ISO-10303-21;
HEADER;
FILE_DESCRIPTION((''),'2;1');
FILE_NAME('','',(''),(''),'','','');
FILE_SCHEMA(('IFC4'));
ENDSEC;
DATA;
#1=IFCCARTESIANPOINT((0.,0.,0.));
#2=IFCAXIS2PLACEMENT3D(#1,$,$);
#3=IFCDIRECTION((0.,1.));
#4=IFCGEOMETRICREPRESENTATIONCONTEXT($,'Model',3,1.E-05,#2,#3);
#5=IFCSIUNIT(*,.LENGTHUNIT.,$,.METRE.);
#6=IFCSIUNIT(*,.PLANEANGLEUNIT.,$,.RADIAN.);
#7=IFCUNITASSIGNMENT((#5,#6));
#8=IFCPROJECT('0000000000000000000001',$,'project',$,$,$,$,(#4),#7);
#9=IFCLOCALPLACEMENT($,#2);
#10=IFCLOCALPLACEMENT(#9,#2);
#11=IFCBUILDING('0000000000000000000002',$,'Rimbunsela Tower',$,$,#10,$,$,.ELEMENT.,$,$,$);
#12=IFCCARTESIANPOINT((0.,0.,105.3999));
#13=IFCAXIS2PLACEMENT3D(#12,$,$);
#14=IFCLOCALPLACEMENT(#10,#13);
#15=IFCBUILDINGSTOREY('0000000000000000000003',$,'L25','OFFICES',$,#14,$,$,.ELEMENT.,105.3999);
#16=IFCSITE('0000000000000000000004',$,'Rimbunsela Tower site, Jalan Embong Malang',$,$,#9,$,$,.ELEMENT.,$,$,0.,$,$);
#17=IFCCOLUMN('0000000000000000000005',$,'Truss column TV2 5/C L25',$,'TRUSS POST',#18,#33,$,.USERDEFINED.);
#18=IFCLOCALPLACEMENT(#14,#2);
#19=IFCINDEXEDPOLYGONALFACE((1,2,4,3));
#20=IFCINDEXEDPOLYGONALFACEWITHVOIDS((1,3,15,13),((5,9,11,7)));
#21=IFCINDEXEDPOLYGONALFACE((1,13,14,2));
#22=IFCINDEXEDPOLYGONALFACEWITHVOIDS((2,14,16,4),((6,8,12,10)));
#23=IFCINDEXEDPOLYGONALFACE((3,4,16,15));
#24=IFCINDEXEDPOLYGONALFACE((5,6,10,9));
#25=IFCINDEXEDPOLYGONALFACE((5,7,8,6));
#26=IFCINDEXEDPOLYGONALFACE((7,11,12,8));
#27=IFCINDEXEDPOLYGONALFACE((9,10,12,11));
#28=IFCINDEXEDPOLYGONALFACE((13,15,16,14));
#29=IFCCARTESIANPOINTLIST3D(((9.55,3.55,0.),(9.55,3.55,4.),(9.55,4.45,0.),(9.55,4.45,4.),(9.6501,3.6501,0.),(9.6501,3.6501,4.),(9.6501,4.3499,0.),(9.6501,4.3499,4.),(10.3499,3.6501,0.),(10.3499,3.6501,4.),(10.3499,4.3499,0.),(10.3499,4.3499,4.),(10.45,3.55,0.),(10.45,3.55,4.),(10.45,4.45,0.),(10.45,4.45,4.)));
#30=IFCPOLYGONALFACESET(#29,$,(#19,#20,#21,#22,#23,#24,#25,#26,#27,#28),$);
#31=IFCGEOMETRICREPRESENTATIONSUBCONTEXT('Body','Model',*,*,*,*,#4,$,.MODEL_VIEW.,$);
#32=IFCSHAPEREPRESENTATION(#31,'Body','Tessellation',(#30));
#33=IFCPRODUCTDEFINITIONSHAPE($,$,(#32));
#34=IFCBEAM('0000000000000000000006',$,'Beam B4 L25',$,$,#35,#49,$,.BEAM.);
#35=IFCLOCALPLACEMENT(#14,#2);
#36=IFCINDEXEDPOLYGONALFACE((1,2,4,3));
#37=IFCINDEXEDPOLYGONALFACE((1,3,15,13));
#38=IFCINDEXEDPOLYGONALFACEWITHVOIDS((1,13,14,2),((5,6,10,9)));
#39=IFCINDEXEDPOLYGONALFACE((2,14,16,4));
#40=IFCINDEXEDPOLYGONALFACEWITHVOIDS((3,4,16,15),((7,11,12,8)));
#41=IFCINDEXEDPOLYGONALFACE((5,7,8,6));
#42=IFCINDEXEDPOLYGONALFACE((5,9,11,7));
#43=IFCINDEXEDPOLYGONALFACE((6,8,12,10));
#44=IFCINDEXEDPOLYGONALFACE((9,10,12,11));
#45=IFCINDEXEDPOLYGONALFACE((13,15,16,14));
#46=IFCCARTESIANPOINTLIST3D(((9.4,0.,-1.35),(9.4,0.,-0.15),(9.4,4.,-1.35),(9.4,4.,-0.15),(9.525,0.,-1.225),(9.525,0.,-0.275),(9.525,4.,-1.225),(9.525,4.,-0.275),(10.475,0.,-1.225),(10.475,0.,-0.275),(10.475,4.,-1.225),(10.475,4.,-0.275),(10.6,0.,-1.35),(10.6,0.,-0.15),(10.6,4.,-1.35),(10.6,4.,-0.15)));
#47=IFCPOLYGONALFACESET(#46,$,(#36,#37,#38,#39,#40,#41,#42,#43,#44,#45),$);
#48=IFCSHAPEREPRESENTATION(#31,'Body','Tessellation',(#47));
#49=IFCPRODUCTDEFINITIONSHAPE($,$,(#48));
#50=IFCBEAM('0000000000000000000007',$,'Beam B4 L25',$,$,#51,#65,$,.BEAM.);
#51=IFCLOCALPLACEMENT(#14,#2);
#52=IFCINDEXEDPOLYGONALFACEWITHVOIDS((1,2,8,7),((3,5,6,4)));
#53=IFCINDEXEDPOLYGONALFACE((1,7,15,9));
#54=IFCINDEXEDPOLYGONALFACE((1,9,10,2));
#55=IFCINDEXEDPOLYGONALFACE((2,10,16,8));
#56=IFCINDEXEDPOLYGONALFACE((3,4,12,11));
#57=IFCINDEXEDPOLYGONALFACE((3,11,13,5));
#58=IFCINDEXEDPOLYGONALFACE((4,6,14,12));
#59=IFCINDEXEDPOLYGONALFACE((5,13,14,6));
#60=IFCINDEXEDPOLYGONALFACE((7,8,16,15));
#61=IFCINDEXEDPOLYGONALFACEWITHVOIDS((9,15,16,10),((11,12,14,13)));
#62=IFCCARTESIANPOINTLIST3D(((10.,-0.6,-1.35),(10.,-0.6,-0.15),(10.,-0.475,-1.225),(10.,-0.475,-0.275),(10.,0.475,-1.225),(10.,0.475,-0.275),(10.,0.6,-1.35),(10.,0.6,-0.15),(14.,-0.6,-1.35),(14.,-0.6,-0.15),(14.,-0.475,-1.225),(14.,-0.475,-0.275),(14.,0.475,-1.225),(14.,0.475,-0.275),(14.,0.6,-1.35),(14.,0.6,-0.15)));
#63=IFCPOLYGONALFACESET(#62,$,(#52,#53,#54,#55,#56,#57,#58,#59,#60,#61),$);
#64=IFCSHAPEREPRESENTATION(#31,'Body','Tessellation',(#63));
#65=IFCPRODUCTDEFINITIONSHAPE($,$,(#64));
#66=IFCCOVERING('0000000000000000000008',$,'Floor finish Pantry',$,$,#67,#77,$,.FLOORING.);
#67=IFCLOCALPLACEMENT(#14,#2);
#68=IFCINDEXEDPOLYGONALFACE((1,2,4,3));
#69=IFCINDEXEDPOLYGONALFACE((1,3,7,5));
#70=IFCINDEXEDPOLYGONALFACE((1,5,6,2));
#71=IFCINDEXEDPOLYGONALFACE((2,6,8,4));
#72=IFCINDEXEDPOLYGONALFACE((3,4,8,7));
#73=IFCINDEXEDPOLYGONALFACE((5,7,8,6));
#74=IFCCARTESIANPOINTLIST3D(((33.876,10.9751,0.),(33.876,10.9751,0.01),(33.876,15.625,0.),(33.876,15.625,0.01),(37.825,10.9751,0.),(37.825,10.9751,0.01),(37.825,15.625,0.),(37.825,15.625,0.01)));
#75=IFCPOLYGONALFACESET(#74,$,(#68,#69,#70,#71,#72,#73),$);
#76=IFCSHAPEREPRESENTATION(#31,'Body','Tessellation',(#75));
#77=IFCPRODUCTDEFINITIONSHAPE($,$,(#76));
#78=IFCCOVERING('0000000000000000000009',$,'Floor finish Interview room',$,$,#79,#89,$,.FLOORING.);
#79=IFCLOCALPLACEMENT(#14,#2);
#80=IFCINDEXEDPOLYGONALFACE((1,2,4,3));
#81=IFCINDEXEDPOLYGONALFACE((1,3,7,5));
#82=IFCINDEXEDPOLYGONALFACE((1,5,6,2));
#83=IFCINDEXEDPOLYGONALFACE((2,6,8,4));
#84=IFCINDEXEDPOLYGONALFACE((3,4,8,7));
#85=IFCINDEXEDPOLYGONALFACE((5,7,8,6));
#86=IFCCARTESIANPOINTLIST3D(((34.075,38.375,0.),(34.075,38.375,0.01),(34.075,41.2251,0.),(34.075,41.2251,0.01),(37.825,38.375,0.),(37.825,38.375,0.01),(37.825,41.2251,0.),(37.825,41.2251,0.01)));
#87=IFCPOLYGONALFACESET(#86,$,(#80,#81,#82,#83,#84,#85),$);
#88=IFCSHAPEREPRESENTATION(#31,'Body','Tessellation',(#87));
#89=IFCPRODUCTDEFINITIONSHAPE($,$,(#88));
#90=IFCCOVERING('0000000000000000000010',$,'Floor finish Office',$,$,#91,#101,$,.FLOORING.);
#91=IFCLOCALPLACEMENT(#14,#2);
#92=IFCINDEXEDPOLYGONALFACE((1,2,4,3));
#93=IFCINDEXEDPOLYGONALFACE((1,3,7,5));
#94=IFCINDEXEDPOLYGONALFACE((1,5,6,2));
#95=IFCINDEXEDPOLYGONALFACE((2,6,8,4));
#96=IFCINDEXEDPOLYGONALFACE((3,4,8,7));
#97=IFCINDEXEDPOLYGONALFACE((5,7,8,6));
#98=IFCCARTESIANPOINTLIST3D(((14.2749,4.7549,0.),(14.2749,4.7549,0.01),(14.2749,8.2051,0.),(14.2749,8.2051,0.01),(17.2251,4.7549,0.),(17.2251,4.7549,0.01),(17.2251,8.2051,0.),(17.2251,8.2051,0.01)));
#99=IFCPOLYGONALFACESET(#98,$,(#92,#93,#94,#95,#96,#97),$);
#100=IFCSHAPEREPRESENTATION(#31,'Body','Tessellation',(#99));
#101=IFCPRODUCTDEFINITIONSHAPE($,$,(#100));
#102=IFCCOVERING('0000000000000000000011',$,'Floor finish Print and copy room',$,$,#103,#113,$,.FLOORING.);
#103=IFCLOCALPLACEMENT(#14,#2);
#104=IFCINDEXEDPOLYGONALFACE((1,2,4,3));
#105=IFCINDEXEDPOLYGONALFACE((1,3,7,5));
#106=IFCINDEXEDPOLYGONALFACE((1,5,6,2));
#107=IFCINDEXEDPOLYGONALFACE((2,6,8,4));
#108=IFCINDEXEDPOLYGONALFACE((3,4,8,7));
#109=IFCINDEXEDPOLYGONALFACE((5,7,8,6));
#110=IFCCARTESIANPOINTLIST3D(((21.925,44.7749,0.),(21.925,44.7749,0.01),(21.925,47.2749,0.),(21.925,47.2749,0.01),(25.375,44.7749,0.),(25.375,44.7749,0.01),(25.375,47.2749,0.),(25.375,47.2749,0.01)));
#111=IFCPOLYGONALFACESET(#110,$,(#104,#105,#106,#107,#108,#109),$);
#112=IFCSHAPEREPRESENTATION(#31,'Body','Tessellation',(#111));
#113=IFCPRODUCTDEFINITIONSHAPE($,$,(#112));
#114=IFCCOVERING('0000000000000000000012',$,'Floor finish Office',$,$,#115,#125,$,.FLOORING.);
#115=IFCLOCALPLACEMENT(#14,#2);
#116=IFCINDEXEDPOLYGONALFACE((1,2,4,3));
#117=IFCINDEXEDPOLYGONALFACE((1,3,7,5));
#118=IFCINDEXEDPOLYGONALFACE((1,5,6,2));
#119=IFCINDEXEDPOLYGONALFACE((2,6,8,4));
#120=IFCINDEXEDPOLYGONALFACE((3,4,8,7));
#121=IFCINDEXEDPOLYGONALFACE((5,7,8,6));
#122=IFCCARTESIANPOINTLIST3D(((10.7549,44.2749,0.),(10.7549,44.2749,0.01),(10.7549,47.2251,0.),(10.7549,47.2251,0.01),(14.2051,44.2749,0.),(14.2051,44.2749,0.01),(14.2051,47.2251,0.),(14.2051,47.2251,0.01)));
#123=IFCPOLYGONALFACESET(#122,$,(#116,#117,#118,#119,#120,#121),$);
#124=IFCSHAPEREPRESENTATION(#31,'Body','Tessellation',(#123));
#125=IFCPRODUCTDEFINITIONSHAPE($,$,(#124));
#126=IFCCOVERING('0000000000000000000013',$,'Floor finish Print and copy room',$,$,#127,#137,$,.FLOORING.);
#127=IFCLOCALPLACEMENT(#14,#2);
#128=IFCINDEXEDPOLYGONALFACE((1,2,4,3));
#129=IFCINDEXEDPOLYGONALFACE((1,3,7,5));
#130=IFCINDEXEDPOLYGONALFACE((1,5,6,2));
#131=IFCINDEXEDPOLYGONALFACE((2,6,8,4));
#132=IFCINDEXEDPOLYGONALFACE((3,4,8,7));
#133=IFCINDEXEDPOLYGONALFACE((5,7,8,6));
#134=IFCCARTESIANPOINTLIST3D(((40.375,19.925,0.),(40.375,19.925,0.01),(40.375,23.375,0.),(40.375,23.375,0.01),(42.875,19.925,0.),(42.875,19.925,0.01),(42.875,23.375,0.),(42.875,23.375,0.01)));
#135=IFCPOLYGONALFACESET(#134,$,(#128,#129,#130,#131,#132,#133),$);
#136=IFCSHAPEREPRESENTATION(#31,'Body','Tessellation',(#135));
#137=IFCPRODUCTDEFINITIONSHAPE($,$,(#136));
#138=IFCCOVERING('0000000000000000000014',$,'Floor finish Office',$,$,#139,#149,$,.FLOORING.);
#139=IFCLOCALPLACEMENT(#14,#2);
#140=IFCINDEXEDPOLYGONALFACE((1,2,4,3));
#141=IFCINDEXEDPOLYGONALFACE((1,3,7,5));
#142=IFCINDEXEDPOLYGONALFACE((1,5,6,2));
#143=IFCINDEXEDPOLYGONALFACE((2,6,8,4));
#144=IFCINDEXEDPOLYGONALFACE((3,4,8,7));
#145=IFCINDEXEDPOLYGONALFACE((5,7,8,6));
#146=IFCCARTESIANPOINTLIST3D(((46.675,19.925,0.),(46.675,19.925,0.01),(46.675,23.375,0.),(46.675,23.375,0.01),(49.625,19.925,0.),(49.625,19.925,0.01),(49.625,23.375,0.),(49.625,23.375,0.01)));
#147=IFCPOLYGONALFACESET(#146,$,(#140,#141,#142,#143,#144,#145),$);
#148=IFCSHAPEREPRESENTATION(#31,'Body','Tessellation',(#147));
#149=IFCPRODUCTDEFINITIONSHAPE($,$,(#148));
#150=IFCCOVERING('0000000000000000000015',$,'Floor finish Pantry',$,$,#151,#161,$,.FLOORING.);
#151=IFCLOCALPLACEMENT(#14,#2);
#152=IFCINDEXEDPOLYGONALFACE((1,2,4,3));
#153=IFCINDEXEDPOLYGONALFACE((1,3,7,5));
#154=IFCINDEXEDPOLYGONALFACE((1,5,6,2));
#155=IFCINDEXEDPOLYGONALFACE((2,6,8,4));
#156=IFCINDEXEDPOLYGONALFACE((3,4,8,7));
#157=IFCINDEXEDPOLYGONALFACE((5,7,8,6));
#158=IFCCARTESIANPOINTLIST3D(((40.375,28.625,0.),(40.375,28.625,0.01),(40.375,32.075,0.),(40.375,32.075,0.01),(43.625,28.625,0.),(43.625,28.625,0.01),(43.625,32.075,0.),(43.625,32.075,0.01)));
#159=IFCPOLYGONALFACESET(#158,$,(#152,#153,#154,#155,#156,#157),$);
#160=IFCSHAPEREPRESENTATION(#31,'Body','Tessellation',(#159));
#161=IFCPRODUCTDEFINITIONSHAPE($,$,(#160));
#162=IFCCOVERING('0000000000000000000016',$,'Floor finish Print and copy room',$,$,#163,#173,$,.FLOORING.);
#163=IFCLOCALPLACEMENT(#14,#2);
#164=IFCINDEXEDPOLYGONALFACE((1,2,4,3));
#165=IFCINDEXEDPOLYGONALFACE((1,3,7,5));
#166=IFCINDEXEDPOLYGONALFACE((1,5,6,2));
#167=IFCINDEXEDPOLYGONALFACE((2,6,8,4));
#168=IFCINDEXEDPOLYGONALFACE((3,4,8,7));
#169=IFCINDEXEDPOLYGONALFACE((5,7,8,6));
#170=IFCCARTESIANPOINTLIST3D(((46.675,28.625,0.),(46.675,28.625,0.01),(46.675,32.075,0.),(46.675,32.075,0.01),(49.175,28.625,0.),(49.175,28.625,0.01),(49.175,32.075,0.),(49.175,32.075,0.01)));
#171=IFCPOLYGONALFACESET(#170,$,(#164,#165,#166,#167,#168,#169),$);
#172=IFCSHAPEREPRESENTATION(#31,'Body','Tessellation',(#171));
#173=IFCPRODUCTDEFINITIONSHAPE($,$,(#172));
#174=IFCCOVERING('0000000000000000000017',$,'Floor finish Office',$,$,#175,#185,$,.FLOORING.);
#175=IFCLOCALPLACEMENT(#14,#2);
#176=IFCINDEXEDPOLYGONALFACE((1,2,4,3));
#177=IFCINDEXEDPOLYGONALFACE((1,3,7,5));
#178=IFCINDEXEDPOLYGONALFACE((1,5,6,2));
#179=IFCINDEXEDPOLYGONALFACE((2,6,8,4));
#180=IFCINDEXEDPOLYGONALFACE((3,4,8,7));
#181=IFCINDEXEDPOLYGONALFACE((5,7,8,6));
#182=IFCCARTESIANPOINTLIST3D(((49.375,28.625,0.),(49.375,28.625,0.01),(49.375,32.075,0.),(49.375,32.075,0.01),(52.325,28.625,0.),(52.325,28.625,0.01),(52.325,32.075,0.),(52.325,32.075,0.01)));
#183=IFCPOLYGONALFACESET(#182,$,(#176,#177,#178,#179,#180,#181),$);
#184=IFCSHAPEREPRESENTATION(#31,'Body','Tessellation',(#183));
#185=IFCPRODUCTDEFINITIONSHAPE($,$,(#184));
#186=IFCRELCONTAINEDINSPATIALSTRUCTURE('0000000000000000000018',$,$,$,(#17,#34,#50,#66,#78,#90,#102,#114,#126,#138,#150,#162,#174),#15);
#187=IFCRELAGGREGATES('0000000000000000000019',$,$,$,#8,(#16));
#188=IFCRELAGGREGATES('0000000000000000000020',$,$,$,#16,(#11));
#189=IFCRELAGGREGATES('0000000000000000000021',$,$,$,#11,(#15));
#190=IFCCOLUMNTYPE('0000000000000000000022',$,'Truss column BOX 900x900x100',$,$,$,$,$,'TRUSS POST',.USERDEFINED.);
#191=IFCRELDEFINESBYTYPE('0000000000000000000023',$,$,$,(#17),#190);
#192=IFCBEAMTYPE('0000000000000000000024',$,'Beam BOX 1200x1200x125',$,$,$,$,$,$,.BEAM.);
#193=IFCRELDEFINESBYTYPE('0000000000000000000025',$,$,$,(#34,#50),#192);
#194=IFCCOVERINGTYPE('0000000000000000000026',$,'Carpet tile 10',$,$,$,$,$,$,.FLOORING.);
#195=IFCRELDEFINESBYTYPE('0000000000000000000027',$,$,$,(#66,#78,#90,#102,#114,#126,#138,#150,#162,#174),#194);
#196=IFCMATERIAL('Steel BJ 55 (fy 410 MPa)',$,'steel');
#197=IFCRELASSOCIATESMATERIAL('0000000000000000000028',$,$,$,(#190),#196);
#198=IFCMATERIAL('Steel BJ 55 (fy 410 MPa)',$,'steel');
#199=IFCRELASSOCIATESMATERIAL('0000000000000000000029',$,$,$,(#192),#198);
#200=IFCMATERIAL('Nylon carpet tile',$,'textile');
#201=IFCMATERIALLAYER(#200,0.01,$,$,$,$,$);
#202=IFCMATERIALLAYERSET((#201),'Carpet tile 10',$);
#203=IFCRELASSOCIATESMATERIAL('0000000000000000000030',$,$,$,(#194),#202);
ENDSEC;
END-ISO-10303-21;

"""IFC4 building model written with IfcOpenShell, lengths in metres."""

from ifc_helpers import new_model, si_unit, direction, frame, origin, origin_2d, place, context, subcontext, project, spatial, polyline, hollow_rectangle, outline, extrude, material, layer, layer_set, material_profile, profile_set, type_object, element, save


model = new_model("IFC4")

# Units and contexts
model_context = context("Model", 3, precision=1e-05, world=origin(), true_north=direction((0.0, 1.0)))
body_context = subcontext(model_context, "Body", "Model", "MODEL_VIEW")
ifc_project = project(units=[si_unit("LENGTHUNIT", "METRE"), si_unit("PLANEANGLEUNIT", "RADIAN")], contexts=[model_context])

# Site, building, storey
site_placement = place(None, origin())
site = spatial("IfcSite", under=ifc_project, at=site_placement, Name="Rimbunsela Tower site, Jalan Embong Malang", CompositionType="ELEMENT", RefElevation=0.0)
building_placement = place(site_placement, origin())
building = spatial("IfcBuilding", under=site, at=building_placement, Name="Rimbunsela Tower", CompositionType="ELEMENT")
storey_placement = place(building_placement, frame((0.0, 0.0, 105.3999)))
storey = spatial("IfcBuildingStorey", under=building, at=storey_placement, Name="L25", Description="OFFICES", CompositionType="ELEMENT", Elevation=105.3999)

# Column
ifc_material_1 = material(Name="Steel BJ 55 (fy 410 MPa)", Category="steel")
ifc_material_profile_1 = material_profile(ifc_material_1, hollow_rectangle(XDim=0.8999, YDim=0.8999, WallThickness=0.1001, at=origin_2d()), Name="BOX 900x900x100")
ifc_profile_set_1 = profile_set([ifc_material_profile_1], Name="Steel BJ 55 (fy 410 MPa)")
column_type = type_object("IfcColumnType", Name="Truss column BOX 900x900x100", ElementType="TRUSS POST", PredefinedType="USERDEFINED", material=ifc_profile_set_1)
column_placement = place(storey_placement, frame((10.0, 4.0, 0.0), z_axis=(0.0, 0.0, 1.0), x_axis=(1.0, 0.0, 0.0)))
element("IfcColumn", 1, at=column_placement, inside=storey, type_object=column_type, Name="Truss column TV2 5/C L25", ObjectType="TRUSS POST", PredefinedType="USERDEFINED", context=body_context, shape_type="SweptSolid", body=[
    extrude(hollow_rectangle(XDim=0.8999, YDim=0.8999, WallThickness=0.1001, at=origin_2d()), origin(), (0.0, 0.0, 1.0), 4.0),
])

# Beams
ifc_material_2 = material(Name="Steel BJ 55 (fy 410 MPa)", Category="steel")
ifc_material_profile_2 = material_profile(ifc_material_2, hollow_rectangle(XDim=1.2, YDim=1.2, WallThickness=0.125, at=origin_2d()), Name="BOX 1200x1200x125")
ifc_profile_set_2 = profile_set([ifc_material_profile_2], Name="Steel BJ 55 (fy 410 MPa)")
beam_type = type_object("IfcBeamType", Name="Beam BOX 1200x1200x125", PredefinedType="BEAM", material=ifc_profile_set_2)
for number, where, z_axis, x_axis, name in (
    (2, (10.0, 0.0, -0.75), (0.0, 1.0, 0.0), (-1.0, 0.0, 0.0), "Beam B4 L25"),
    (3, (10.0, 0.0, -0.75), (1.0, 0.0, 0.0), (0.0, 1.0, 0.0), "Beam B4 L25"),
):
    element("IfcBeam", number, at=place(storey_placement, frame(where, z_axis=z_axis, x_axis=x_axis)), inside=storey, type_object=beam_type, Name=name, PredefinedType="BEAM", context=body_context, shape_type="SweptSolid", body=[
        extrude(hollow_rectangle(XDim=1.2, YDim=1.2, WallThickness=0.125, at=origin_2d()), origin(), (0.0, 0.0, 1.0), 4.0),
    ])

# Coverings
ifc_material_3 = material(Name="Nylon carpet tile", Category="textile")
ifc_layer_1 = layer(ifc_material_3, 0.01)
ifc_layer_set_1 = layer_set([ifc_layer_1], Name="Carpet tile 10")
covering_type_1 = type_object("IfcCoveringType", Name="Carpet tile 10", PredefinedType="FLOORING", material=ifc_layer_set_1)
covering_1_placement = place(storey_placement, origin())
element("IfcCovering", 4, at=covering_1_placement, inside=storey, type_object=covering_type_1, Name="Floor finish Pantry", PredefinedType="FLOORING", context=body_context, shape_type="SweptSolid", body=[
    extrude(outline(polyline([(37.825, 10.9751), (37.825, 15.625), (33.876, 15.625), (33.876, 10.9751), (37.825, 10.9751)])), origin(), (0.0, 0.0, 1.0), 0.01),
])
covering_2_placement = place(storey_placement, origin())
element("IfcCovering", 5, at=covering_2_placement, inside=storey, type_object=covering_type_1, Name="Floor finish Interview room", PredefinedType="FLOORING", context=body_context, shape_type="SweptSolid", body=[
    extrude(outline(polyline([(37.825, 38.375), (37.825, 41.2251), (34.075, 41.2251), (34.075, 38.375), (37.825, 38.375)])), origin(), (0.0, 0.0, 1.0), 0.01),
])
covering_3_placement = place(storey_placement, origin())
element("IfcCovering", 6, at=covering_3_placement, inside=storey, type_object=covering_type_1, Name="Floor finish Office", PredefinedType="FLOORING", context=body_context, shape_type="SweptSolid", body=[
    extrude(outline(polyline([(17.2251, 4.7549), (17.2251, 8.2051), (14.2749, 8.2051), (14.2749, 4.7549), (17.2251, 4.7549)])), origin(), (0.0, 0.0, 1.0), 0.01),
])
covering_4_placement = place(storey_placement, origin())
element("IfcCovering", 7, at=covering_4_placement, inside=storey, type_object=covering_type_1, Name="Floor finish Print and copy room", PredefinedType="FLOORING", context=body_context, shape_type="SweptSolid", body=[
    extrude(outline(polyline([(25.375, 44.7749), (25.375, 47.2749), (21.925, 47.2749), (21.925, 44.7749), (25.375, 44.7749)])), origin(), (0.0, 0.0, 1.0), 0.01),
])
covering_5_placement = place(storey_placement, origin())
element("IfcCovering", 8, at=covering_5_placement, inside=storey, type_object=covering_type_1, Name="Floor finish Office", PredefinedType="FLOORING", context=body_context, shape_type="SweptSolid", body=[
    extrude(outline(polyline([(14.2051, 44.2749), (14.2051, 47.2251), (10.7549, 47.2251), (10.7549, 44.2749), (14.2051, 44.2749)])), origin(), (0.0, 0.0, 1.0), 0.01),
])
covering_6_placement = place(storey_placement, origin())
element("IfcCovering", 9, at=covering_6_placement, inside=storey, type_object=covering_type_1, Name="Floor finish Print and copy room", PredefinedType="FLOORING", context=body_context, shape_type="SweptSolid", body=[
    extrude(outline(polyline([(42.875, 19.925), (42.875, 23.375), (40.375, 23.375), (40.375, 19.925), (42.875, 19.925)])), origin(), (0.0, 0.0, 1.0), 0.01),
])
covering_7_placement = place(storey_placement, origin())
element("IfcCovering", 10, at=covering_7_placement, inside=storey, type_object=covering_type_1, Name="Floor finish Office", PredefinedType="FLOORING", context=body_context, shape_type="SweptSolid", body=[
    extrude(outline(polyline([(49.625, 19.925), (49.625, 23.375), (46.675, 23.375), (46.675, 19.925), (49.625, 19.925)])), origin(), (0.0, 0.0, 1.0), 0.01),
])
covering_8_placement = place(storey_placement, origin())
element("IfcCovering", 11, at=covering_8_placement, inside=storey, type_object=covering_type_1, Name="Floor finish Pantry", PredefinedType="FLOORING", context=body_context, shape_type="SweptSolid", body=[
    extrude(outline(polyline([(43.625, 28.625), (43.625, 32.075), (40.375, 32.075), (40.375, 28.625), (43.625, 28.625)])), origin(), (0.0, 0.0, 1.0), 0.01),
])
covering_9_placement = place(storey_placement, origin())
element("IfcCovering", 12, at=covering_9_placement, inside=storey, type_object=covering_type_1, Name="Floor finish Print and copy room", PredefinedType="FLOORING", context=body_context, shape_type="SweptSolid", body=[
    extrude(outline(polyline([(49.175, 28.625), (49.175, 32.075), (46.675, 32.075), (46.675, 28.625), (49.175, 28.625)])), origin(), (0.0, 0.0, 1.0), 0.01),
])
covering_10_placement = place(storey_placement, origin())
element("IfcCovering", 13, at=covering_10_placement, inside=storey, type_object=covering_type_1, Name="Floor finish Office", PredefinedType="FLOORING", context=body_context, shape_type="SweptSolid", body=[
    extrude(outline(polyline([(52.325, 28.625), (52.325, 32.075), (49.375, 32.075), (49.375, 28.625), (52.325, 28.625)])), origin(), (0.0, 0.0, 1.0), 0.01),
])

save(model, "model.ifc")
